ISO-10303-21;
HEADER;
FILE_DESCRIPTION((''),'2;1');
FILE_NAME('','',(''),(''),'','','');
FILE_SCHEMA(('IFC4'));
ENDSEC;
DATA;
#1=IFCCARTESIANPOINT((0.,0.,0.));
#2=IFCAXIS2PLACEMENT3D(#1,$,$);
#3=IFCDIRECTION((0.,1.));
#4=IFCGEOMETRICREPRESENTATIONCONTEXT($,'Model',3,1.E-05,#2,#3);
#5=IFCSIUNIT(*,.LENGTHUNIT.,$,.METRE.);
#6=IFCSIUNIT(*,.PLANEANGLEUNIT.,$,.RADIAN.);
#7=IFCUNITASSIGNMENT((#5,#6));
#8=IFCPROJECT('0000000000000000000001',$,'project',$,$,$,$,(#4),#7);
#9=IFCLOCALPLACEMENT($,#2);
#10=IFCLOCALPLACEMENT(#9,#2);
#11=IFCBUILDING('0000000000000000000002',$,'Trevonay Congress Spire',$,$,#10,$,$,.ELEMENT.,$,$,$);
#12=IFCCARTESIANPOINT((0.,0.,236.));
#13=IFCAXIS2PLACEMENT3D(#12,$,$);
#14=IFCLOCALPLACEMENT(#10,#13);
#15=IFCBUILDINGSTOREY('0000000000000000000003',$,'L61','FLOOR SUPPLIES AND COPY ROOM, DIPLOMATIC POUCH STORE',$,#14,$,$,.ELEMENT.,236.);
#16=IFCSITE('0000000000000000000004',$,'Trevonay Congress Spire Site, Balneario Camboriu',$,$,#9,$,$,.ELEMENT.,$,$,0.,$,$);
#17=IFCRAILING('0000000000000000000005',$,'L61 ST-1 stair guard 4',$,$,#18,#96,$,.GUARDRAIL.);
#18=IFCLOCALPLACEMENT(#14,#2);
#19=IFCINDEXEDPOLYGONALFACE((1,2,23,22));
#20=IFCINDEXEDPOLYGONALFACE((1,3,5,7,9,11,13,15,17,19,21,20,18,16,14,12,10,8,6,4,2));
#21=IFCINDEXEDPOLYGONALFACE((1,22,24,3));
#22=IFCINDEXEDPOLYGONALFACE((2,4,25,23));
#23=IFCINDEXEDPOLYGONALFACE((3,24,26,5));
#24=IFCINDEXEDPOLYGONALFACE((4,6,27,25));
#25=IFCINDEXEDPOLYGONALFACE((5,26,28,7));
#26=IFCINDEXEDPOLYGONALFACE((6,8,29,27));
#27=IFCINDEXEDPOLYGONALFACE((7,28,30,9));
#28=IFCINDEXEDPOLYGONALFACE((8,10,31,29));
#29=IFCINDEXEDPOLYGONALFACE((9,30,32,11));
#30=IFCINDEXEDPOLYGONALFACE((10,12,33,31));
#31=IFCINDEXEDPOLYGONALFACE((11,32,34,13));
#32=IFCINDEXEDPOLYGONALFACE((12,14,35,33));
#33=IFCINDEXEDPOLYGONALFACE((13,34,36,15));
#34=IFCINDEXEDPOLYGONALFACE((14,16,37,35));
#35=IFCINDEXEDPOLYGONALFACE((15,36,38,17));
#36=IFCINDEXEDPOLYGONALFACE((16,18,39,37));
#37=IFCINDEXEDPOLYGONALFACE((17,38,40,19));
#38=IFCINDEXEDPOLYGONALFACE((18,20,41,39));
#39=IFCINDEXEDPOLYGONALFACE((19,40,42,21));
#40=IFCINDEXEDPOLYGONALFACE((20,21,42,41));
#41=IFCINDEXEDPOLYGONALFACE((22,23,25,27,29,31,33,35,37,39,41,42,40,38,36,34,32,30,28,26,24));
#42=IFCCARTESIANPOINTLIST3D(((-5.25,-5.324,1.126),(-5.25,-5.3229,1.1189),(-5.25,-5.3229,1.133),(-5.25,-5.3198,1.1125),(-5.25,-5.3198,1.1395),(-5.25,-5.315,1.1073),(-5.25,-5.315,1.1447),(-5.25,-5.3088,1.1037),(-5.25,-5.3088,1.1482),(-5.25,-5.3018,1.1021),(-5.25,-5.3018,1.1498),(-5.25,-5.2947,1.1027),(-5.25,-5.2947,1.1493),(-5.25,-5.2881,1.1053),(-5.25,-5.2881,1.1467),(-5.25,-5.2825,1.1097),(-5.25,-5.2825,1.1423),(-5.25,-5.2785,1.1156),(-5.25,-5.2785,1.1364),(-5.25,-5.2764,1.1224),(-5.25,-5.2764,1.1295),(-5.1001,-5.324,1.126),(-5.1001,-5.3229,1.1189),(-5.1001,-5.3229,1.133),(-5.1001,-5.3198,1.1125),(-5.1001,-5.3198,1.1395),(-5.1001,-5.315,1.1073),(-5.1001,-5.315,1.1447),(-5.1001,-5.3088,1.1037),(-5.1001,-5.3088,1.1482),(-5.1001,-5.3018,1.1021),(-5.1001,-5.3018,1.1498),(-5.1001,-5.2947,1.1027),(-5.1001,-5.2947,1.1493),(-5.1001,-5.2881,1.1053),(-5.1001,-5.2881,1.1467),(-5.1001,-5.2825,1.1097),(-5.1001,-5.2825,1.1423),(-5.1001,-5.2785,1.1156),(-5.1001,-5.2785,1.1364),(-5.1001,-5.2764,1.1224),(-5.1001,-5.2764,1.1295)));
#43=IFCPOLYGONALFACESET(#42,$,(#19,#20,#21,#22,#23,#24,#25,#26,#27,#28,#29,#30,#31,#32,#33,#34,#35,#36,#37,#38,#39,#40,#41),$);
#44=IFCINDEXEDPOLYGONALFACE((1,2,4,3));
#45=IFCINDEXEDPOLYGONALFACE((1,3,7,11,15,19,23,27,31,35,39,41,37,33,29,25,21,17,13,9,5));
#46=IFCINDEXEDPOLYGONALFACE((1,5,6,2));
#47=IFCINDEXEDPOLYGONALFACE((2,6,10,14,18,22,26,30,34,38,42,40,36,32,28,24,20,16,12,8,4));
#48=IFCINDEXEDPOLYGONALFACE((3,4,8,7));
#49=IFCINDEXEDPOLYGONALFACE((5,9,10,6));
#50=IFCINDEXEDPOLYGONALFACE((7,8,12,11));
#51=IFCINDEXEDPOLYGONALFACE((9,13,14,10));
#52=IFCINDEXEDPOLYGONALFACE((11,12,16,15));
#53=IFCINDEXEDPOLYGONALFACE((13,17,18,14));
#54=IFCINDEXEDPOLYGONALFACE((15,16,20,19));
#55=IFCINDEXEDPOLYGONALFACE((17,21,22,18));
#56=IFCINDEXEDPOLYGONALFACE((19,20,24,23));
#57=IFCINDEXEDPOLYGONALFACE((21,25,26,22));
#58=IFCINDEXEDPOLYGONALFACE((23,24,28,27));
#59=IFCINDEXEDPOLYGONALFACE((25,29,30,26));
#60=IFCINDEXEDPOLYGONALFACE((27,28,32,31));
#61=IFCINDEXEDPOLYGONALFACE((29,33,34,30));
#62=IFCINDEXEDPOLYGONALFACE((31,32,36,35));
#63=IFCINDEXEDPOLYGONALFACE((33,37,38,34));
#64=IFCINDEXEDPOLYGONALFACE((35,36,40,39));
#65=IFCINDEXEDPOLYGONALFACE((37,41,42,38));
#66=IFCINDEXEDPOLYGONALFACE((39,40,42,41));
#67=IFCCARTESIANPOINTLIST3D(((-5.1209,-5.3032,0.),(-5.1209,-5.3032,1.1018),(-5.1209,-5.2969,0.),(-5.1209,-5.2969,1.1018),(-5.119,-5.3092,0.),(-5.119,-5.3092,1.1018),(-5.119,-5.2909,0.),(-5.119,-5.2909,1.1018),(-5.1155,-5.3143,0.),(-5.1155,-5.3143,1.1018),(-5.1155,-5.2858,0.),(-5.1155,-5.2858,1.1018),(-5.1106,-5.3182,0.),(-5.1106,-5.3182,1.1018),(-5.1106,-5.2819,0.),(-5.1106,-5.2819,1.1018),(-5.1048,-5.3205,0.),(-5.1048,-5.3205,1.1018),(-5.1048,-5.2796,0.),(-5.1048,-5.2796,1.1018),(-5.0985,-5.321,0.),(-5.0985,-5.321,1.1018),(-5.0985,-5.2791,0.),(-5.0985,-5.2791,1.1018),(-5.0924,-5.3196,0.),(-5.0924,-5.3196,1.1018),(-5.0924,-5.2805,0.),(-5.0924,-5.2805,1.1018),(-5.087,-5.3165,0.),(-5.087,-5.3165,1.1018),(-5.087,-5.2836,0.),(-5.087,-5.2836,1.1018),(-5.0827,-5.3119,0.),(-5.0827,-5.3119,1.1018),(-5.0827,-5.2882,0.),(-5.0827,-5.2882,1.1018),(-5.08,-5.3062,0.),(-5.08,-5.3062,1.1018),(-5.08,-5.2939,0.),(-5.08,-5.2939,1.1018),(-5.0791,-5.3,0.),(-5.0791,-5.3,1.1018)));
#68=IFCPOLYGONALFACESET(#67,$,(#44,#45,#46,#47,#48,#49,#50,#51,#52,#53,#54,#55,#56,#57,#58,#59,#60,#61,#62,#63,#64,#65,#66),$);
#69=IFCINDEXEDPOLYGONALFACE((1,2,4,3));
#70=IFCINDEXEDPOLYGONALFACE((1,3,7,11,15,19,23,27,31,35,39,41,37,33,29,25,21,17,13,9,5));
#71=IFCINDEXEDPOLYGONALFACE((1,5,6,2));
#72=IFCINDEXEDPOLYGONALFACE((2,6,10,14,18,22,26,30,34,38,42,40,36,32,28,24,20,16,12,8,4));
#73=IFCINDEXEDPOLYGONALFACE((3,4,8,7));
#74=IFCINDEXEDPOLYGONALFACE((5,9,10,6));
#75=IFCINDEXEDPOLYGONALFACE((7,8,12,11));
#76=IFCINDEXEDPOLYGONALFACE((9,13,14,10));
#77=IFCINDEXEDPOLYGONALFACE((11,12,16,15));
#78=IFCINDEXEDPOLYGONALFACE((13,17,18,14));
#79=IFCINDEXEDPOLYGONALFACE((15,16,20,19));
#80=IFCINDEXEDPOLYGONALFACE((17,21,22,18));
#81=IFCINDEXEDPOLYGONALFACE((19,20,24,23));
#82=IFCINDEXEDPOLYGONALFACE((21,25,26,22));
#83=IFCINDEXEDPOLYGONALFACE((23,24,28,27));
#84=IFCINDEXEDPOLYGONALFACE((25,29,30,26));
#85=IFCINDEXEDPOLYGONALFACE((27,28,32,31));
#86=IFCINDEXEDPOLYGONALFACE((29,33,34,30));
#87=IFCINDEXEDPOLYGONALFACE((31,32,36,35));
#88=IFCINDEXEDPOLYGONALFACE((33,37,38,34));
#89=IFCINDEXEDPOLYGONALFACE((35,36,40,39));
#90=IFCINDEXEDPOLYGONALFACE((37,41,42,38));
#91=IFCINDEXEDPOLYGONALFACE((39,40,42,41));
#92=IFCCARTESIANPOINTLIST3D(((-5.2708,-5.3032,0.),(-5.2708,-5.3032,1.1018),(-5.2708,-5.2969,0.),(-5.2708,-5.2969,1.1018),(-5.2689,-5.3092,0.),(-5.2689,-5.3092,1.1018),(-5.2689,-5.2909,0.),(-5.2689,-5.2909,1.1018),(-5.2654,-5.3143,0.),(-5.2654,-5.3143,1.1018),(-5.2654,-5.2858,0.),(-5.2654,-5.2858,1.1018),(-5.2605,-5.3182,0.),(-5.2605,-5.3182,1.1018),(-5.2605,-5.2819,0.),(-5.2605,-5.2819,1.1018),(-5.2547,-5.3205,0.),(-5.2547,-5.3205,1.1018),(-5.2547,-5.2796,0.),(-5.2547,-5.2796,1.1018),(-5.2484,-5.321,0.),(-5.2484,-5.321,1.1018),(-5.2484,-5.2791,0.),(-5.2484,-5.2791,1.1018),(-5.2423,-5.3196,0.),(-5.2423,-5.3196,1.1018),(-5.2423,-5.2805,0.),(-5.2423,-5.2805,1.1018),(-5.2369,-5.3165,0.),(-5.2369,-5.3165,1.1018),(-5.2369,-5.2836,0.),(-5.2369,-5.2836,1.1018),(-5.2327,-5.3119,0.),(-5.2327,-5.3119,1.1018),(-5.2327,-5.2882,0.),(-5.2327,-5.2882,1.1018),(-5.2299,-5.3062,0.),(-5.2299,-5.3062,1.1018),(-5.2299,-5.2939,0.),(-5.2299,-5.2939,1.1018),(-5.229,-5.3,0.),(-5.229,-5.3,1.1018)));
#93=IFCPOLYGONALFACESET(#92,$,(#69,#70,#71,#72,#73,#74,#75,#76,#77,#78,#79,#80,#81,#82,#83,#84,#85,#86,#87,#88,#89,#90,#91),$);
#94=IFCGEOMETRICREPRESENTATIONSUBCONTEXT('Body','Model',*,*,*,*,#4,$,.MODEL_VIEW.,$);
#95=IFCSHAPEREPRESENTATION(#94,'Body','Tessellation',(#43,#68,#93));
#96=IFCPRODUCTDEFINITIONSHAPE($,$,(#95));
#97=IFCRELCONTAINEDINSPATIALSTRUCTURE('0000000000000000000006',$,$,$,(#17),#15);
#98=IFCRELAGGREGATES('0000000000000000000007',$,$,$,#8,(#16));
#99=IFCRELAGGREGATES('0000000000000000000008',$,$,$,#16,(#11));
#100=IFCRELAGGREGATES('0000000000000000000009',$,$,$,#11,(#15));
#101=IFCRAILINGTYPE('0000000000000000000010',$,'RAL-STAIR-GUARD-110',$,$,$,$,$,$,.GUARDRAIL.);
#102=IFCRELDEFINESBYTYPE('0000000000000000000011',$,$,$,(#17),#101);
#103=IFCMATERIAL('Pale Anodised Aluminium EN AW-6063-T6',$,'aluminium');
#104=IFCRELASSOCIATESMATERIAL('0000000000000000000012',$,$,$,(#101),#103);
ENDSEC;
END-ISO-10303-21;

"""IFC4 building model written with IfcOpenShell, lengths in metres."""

from ifc_helpers import new_model, si_unit, direction, frame, origin, origin_2d, place, context, subcontext, project, spatial, circle, extrude, material, type_object, element, save


model = new_model("IFC4")

# Units and contexts
model_context = context("Model", 3, precision=1e-05, world=origin(), true_north=direction((0.0, 1.0)))
body_context = subcontext(model_context, "Body", "Model", "MODEL_VIEW")
ifc_project = project(units=[si_unit("LENGTHUNIT", "METRE"), si_unit("PLANEANGLEUNIT", "RADIAN")], contexts=[model_context])

# Site, building, storey
site_placement = place(None, origin())
site = spatial("IfcSite", under=ifc_project, at=site_placement, Name="Trevonay Congress Spire Site, Balneario Camboriu", CompositionType="ELEMENT", RefElevation=0.0)
building_placement = place(site_placement, origin())
building = spatial("IfcBuilding", under=site, at=building_placement, Name="Trevonay Congress Spire", CompositionType="ELEMENT")
storey_placement = place(building_placement, frame((0.0, 0.0, 236.0)))
storey = spatial("IfcBuildingStorey", under=building, at=storey_placement, Name="L61", Description="FLOOR SUPPLIES AND COPY ROOM, DIPLOMATIC POUCH STORE", CompositionType="ELEMENT", Elevation=236.0)

# Railing
ifc_material_1 = material(Name="Pale Anodised Aluminium EN AW-6063-T6", Category="aluminium")
railing_type_1 = type_object("IfcRailingType", Name="RAL-STAIR-GUARD-110", PredefinedType="GUARDRAIL", material=ifc_material_1)
railing_1_placement = place(storey_placement, frame((-5.1001, -5.3, 0.0)))
element("IfcRailing", 1, at=railing_1_placement, inside=storey, type_object=railing_type_1, Name="L61 ST-1 stair guard 4", PredefinedType="GUARDRAIL", context=body_context, shape_type="SweptSolid", body=[
    extrude(circle(Radius=0.0239, at=origin_2d()), frame((0.0, 0.0, 1.126), z_axis=(-1.0, 0.0, 0.0), x_axis=(0.0, -1.0, 0.0)), (0.0, 0.0, 1.0), 0.1499),
    extrude(circle(Radius=0.021, at=origin_2d()), origin(), (0.0, 0.0, 1.0), 1.1018),
    extrude(circle(Radius=0.021, at=origin_2d()), frame((-0.1499, 0.0, 0.0)), (0.0, 0.0, 1.0), 1.1018),
])

save(model, "model.ifc")
